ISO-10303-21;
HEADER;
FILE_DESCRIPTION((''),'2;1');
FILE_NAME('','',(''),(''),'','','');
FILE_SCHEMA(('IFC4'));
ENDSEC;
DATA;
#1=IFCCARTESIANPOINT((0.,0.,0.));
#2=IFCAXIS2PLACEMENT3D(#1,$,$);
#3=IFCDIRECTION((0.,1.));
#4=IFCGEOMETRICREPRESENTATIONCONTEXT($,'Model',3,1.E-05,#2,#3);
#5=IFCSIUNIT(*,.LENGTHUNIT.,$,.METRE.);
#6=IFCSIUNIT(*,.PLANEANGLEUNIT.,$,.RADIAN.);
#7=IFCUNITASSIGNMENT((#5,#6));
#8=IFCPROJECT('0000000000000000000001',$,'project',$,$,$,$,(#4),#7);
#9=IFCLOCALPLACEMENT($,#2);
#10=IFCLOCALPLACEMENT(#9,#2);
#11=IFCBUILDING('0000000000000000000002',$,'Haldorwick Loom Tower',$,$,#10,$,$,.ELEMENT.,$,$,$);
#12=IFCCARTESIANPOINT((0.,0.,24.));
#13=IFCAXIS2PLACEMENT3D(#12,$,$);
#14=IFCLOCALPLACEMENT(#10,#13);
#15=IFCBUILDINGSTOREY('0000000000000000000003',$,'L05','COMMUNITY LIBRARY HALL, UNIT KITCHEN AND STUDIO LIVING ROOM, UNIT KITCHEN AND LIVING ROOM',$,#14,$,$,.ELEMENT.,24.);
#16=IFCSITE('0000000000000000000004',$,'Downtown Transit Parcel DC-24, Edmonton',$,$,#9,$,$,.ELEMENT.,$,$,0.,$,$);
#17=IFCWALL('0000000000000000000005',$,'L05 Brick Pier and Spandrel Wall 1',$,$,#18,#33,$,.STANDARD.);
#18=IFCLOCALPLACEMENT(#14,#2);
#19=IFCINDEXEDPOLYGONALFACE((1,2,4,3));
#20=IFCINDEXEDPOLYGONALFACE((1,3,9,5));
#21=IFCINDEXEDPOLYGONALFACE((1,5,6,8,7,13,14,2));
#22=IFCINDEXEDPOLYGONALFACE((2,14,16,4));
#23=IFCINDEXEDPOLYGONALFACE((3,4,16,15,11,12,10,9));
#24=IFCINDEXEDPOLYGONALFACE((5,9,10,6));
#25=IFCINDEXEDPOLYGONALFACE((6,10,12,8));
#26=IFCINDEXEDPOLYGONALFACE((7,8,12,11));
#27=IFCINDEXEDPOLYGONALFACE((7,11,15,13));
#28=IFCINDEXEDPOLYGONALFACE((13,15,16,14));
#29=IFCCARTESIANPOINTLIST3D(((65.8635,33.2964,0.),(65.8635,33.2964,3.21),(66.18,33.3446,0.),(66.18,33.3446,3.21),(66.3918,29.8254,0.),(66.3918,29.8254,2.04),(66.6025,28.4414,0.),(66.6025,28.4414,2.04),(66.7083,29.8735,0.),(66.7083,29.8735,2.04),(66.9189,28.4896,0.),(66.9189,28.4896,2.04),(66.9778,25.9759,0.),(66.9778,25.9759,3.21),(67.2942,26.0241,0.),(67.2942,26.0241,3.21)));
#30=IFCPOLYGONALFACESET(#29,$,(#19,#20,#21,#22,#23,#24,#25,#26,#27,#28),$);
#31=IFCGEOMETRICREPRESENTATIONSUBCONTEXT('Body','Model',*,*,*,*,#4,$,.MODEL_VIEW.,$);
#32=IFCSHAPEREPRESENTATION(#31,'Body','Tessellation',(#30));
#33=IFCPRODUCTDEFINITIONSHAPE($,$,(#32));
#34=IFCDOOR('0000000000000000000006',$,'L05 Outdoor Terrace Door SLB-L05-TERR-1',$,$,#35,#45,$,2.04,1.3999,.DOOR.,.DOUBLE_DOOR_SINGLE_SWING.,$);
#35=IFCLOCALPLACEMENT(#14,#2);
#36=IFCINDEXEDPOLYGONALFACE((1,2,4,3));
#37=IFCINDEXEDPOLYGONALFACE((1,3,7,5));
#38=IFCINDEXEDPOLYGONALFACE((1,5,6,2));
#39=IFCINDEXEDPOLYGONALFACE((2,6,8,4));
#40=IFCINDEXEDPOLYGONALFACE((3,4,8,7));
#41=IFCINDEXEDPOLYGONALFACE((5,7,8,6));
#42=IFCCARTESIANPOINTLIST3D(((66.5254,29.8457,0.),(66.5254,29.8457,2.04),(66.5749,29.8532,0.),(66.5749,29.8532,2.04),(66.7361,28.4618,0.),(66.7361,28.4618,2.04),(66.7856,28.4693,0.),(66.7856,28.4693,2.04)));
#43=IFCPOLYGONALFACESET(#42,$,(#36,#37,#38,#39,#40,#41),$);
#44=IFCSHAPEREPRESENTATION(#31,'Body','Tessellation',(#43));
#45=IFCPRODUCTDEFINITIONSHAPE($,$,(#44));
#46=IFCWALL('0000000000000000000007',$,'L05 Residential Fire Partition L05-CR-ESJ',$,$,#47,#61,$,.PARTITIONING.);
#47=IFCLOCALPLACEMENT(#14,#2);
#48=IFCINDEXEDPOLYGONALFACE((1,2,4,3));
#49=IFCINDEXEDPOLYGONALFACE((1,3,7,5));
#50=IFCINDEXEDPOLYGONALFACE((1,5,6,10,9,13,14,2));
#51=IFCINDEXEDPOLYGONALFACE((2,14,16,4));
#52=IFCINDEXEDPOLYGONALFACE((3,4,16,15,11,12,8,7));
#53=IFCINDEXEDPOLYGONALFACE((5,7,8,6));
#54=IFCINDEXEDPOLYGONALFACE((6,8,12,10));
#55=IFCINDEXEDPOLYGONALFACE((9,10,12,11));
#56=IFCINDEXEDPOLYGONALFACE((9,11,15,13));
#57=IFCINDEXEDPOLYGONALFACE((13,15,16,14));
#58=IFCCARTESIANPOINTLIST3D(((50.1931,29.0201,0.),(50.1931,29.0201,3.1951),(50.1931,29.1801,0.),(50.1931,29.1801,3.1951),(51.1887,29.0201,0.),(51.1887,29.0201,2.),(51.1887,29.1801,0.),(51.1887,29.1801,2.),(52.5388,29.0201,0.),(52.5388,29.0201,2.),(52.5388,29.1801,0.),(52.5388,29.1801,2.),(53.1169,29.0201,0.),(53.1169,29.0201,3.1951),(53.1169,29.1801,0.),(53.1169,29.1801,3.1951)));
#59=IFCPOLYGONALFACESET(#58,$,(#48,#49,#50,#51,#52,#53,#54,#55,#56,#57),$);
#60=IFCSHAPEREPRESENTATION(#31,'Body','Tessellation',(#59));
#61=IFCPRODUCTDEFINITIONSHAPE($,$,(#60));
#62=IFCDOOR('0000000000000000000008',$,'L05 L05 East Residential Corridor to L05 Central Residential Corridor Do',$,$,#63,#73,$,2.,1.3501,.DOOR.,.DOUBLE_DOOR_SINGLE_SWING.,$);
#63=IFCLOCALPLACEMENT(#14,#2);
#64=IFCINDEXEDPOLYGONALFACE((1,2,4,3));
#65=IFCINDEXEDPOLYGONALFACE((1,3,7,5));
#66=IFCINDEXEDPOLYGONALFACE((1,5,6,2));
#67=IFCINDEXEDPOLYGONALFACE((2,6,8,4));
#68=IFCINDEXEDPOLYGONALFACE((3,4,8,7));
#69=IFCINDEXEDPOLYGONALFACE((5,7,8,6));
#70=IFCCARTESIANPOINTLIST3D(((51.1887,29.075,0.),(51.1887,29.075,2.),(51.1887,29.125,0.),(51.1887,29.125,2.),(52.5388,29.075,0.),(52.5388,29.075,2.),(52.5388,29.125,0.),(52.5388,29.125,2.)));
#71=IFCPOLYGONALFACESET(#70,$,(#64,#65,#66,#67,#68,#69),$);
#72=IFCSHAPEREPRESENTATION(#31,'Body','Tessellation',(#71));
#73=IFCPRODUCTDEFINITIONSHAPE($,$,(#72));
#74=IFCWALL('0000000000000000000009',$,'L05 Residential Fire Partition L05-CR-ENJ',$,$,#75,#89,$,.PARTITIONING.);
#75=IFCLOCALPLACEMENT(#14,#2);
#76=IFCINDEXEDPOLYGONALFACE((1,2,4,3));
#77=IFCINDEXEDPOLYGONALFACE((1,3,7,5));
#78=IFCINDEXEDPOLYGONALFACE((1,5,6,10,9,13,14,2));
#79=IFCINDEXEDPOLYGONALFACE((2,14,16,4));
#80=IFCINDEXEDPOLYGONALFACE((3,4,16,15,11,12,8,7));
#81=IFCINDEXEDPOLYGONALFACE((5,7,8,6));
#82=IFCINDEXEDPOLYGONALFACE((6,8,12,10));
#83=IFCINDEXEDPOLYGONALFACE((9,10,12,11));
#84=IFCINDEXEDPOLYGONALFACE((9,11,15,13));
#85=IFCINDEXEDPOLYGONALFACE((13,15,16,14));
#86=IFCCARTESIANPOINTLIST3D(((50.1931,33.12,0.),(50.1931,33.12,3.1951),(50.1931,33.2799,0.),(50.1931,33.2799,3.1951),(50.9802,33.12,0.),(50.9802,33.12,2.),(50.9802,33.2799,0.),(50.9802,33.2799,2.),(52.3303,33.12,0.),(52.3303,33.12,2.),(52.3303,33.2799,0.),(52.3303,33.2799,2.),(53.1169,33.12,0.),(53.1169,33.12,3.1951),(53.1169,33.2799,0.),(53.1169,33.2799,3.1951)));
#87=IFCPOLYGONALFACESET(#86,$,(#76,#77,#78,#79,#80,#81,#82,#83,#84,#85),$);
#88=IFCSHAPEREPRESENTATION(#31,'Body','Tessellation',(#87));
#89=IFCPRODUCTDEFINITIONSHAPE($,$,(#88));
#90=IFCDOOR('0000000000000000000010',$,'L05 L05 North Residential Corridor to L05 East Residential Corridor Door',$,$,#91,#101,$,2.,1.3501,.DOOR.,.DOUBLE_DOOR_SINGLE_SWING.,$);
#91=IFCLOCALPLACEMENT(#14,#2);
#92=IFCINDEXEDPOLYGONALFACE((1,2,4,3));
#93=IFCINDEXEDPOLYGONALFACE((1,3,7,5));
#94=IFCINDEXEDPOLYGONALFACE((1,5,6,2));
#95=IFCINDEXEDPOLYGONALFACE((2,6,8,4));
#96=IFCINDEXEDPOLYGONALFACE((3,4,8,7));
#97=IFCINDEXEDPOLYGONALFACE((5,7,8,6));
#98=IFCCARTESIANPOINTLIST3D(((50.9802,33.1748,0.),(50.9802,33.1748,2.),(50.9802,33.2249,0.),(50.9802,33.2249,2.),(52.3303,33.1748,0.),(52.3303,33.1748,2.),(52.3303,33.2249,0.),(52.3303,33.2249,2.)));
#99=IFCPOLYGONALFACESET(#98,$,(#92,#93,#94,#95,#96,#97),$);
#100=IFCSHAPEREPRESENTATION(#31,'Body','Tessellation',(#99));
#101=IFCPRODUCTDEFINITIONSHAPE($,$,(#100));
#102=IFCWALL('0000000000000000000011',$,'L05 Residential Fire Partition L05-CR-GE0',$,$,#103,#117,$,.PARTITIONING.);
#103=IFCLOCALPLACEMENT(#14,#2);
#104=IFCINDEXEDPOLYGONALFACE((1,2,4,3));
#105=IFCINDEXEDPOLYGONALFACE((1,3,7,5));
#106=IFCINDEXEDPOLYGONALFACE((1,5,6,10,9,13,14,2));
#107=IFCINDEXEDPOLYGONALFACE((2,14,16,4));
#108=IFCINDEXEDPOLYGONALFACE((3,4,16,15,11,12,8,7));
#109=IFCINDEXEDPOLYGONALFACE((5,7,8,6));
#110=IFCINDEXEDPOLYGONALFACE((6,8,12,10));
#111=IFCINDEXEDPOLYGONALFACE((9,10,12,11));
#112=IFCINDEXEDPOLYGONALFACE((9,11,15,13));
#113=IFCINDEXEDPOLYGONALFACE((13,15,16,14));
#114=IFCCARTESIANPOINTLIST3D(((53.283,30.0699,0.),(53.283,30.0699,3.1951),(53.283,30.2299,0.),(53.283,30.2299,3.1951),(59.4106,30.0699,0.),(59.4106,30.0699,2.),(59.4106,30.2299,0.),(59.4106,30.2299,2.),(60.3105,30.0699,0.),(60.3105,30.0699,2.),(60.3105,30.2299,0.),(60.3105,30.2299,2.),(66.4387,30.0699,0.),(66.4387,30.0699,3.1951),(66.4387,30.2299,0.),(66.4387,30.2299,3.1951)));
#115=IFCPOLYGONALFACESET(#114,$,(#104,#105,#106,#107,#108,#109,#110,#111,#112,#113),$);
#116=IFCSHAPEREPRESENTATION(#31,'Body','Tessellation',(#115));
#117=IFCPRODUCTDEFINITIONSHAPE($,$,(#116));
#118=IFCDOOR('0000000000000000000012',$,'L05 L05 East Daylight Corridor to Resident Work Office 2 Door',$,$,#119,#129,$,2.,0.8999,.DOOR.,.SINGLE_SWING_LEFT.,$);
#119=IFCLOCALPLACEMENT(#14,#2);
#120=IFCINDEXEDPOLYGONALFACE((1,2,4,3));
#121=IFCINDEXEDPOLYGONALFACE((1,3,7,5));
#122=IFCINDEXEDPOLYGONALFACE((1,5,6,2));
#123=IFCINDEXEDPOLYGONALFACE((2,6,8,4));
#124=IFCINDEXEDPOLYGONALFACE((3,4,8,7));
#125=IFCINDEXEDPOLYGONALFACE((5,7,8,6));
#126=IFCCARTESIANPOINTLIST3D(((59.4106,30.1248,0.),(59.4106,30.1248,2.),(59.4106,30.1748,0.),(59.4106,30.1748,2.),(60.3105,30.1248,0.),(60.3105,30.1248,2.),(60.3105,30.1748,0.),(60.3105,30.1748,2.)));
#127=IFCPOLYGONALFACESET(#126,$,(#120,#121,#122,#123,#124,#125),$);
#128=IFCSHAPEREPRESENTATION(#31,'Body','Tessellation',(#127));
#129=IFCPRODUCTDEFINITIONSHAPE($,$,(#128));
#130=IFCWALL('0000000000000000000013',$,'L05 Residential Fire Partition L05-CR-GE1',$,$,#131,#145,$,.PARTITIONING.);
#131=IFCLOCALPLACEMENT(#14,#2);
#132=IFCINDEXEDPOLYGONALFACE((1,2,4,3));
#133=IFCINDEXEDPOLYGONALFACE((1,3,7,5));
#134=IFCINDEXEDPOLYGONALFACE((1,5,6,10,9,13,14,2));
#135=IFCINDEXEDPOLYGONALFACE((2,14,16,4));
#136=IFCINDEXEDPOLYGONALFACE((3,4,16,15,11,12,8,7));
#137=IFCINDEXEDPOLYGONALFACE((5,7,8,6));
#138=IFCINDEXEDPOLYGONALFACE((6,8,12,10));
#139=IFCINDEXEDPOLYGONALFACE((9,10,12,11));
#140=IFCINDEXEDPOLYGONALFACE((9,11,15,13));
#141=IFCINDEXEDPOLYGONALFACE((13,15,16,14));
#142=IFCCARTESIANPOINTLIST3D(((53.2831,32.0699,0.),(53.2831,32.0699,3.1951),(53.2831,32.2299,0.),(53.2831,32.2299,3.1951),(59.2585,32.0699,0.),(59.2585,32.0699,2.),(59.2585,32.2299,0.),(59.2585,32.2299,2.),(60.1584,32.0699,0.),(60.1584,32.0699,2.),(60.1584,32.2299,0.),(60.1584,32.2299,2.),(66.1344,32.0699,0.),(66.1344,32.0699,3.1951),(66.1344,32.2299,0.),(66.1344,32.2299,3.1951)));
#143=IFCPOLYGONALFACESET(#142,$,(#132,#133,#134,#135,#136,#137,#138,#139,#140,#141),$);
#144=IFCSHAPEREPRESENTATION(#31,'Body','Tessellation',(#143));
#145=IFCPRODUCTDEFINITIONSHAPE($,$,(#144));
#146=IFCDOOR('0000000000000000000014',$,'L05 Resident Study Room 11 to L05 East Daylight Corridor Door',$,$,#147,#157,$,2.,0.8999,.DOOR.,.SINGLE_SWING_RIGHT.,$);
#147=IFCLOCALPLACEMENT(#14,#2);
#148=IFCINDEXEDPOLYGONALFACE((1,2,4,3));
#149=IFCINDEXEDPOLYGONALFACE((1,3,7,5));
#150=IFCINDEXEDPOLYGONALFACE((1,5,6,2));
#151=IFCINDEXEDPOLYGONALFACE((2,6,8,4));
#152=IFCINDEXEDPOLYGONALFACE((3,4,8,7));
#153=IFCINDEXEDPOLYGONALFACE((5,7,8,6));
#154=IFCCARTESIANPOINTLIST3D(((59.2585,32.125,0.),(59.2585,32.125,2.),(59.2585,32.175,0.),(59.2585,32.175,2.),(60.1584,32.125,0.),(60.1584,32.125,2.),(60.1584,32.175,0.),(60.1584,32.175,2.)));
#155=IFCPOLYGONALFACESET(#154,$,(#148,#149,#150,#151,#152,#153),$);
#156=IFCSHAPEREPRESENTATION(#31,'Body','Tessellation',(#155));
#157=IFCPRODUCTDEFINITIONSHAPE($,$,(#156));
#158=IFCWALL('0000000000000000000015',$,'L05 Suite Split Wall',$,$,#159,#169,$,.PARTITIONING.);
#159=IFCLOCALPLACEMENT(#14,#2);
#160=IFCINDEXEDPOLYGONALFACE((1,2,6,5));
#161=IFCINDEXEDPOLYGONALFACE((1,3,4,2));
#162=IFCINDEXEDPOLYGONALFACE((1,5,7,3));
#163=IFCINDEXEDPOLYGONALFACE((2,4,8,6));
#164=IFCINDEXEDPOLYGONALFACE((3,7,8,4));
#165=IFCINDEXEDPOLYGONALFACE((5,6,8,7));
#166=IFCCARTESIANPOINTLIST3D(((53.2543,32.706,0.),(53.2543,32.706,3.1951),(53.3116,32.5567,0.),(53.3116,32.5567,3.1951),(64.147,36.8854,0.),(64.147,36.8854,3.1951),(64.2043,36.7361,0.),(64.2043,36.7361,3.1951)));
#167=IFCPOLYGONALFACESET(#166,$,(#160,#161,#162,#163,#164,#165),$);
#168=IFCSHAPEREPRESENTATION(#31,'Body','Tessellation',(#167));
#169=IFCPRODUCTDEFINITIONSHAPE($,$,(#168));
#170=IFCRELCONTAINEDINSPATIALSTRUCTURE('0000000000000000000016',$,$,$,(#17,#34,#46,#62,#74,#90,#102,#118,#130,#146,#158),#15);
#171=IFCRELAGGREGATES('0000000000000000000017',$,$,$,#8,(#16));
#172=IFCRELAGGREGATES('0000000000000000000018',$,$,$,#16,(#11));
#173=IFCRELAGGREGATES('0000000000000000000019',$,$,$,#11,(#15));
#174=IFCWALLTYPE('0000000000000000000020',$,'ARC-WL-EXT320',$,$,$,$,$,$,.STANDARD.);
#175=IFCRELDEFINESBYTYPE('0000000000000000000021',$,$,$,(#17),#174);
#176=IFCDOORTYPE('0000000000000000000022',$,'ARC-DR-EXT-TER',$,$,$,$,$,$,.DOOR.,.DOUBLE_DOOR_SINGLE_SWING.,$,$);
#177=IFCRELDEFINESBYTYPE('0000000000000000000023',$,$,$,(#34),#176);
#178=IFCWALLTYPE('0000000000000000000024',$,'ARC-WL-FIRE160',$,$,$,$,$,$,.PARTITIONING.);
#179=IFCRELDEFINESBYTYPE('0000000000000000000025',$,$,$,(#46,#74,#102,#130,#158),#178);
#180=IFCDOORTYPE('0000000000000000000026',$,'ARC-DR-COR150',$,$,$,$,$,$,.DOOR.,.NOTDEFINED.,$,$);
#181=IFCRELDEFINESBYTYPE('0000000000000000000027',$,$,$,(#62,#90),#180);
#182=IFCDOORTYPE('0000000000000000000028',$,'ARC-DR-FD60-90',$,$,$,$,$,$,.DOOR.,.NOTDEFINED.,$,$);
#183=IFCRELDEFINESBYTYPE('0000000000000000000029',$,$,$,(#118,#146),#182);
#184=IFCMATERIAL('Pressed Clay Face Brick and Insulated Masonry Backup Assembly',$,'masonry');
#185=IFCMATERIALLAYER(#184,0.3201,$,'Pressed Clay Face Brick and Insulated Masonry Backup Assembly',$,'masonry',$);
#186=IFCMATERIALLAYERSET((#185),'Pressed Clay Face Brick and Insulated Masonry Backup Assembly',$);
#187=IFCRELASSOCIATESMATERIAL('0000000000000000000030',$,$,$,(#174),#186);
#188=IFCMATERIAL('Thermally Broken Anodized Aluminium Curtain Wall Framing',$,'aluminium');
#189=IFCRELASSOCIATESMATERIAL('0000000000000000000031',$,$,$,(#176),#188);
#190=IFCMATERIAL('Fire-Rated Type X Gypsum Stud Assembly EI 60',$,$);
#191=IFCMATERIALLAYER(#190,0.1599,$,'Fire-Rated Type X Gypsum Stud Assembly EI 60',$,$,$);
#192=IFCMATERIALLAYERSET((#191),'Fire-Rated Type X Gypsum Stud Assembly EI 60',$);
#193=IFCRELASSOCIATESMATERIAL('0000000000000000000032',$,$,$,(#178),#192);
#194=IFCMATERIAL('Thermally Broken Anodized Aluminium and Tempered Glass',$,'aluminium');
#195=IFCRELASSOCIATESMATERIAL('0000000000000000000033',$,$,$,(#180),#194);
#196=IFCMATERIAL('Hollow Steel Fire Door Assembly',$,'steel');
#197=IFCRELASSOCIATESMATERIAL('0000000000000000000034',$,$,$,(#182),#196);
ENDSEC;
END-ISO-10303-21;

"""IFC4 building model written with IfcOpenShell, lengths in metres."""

from ifc_helpers import new_model, si_unit, direction, frame, frame_2d, origin, place, context, subcontext, project, spatial, rectangle, extrude, material, layer, layer_set, type_object, element, fill, save


model = new_model("IFC4")

# Units and contexts
model_context = context("Model", 3, precision=1e-05, world=origin(), true_north=direction((0.0, 1.0)))
body_context = subcontext(model_context, "Body", "Model", "MODEL_VIEW")
ifc_project = project(units=[si_unit("LENGTHUNIT", "METRE"), si_unit("PLANEANGLEUNIT", "RADIAN")], contexts=[model_context])

# Site, building, storey
site_placement = place(None, origin())
site = spatial("IfcSite", under=ifc_project, at=site_placement, Name="Downtown Transit Parcel DC-24, Edmonton", CompositionType="ELEMENT", RefElevation=0.0)
building_placement = place(site_placement, origin())
building = spatial("IfcBuilding", under=site, at=building_placement, Name="Haldorwick Loom Tower", CompositionType="ELEMENT")
storey_placement = place(building_placement, frame((0.0, 0.0, 24.0)))
storey = spatial("IfcBuildingStorey", under=building, at=storey_placement, Name="L05", Description="COMMUNITY LIBRARY HALL, UNIT KITCHEN AND STUDIO LIVING ROOM, UNIT KITCHEN AND LIVING ROOM", CompositionType="ELEMENT", Elevation=24.0)

# Walls, openings, doors
ifc_material_1 = material(Name="Pressed Clay Face Brick and Insulated Masonry Backup Assembly", Category="masonry")
ifc_layer_1 = layer(ifc_material_1, 0.3201, Name="Pressed Clay Face Brick and Insulated Masonry Backup Assembly", Category="masonry")
ifc_layer_set_1 = layer_set([ifc_layer_1], Name="Pressed Clay Face Brick and Insulated Masonry Backup Assembly")
wall_type_1 = type_object("IfcWallType", Name="ARC-WL-EXT320", PredefinedType="STANDARD", material=ifc_layer_set_1)
wall_1_placement = place(storey_placement, frame((67.136, 26.0, 0.0), z_axis=(0.0, 0.0, 1.0), x_axis=(-0.150476, 0.988614, 0.0)))
wall_1 = element("IfcWall", 1, at=wall_1_placement, inside=storey, type_object=wall_type_1, Name="L05 Brick Pier and Spandrel Wall 1", PredefinedType="STANDARD", context=body_context, shape_type="SweptSolid", body=[
    extrude(rectangle(XDim=7.4048, YDim=0.3201, at=frame_2d((3.7024, 0.0))), origin(), (0.0, 0.0, 1.0), 3.21),
])
opening_1_placement = place(wall_1_placement, frame((2.4939, 0.0, 0.0)))
opening_1 = element("IfcOpeningElement", 2, at=opening_1_placement, cuts=wall_1, PredefinedType="OPENING", context=body_context, shape_type="SweptSolid", body=[
    extrude(rectangle(XDim=1.3999, YDim=2.04, at=frame_2d((0.7, 1.02))), frame((0.0, 0.1699, 0.0), z_axis=(0.0, -1.0, 0.0), x_axis=(1.0, 0.0, 0.0)), (0.0, 0.0, 1.0), 0.3401),
])
ifc_material_2 = material(Name="Thermally Broken Anodized Aluminium Curtain Wall Framing", Category="aluminium")
door_type_1 = type_object("IfcDoorType", Name="ARC-DR-EXT-TER", OperationType="DOUBLE_DOOR_SINGLE_SWING", PredefinedType="DOOR", material=ifc_material_2)
door_1_placement = place(opening_1_placement, origin())
door_1 = element("IfcDoor", 3, at=door_1_placement, inside=storey, type_object=door_type_1, Name="L05 Outdoor Terrace Door SLB-L05-TERR-1", OperationType="DOUBLE_DOOR_SINGLE_SWING", OverallHeight=2.04, OverallWidth=1.3999, PredefinedType="DOOR", context=body_context, shape_type="SweptSolid", body=[
    extrude(rectangle(XDim=1.3999, YDim=2.04, at=frame_2d((0.7, 1.02))), frame((0.0, 0.0249, 0.0), z_axis=(0.0, -1.0, 0.0), x_axis=(1.0, 0.0, 0.0)), (0.0, 0.0, 1.0), 0.05),
])
fill(opening_1, door_1)
ifc_material_3 = material(Name="Fire-Rated Type X Gypsum Stud Assembly EI 60")
ifc_layer_2 = layer(ifc_material_3, 0.1599, Name="Fire-Rated Type X Gypsum Stud Assembly EI 60")
ifc_layer_set_2 = layer_set([ifc_layer_2], Name="Fire-Rated Type X Gypsum Stud Assembly EI 60")
wall_type_2 = type_object("IfcWallType", Name="ARC-WL-FIRE160", PredefinedType="PARTITIONING", material=ifc_layer_set_2)
wall_2_placement = place(storey_placement, frame((50.1931, 29.1001, 0.0), z_axis=(0.0, 0.0, 1.0), x_axis=(1.0, 0.0, 0.0)))
wall_2 = element("IfcWall", 4, at=wall_2_placement, inside=storey, type_object=wall_type_2, Name="L05 Residential Fire Partition L05-CR-ESJ", PredefinedType="PARTITIONING", context=body_context, shape_type="SweptSolid", body=[
    extrude(rectangle(XDim=2.9238, YDim=0.1599, at=frame_2d((1.4619, 0.0))), origin(), (0.0, 0.0, 1.0), 3.1951),
])
opening_2_placement = place(wall_2_placement, frame((0.9956, 0.0, 0.0)))
opening_2 = element("IfcOpeningElement", 5, at=opening_2_placement, cuts=wall_2, PredefinedType="OPENING", context=body_context, shape_type="SweptSolid", body=[
    extrude(rectangle(XDim=1.3501, YDim=2.0, at=frame_2d((0.675, 1.0))), frame((0.0, 0.0898, 0.0), z_axis=(0.0, -1.0, 0.0), x_axis=(1.0, 0.0, 0.0)), (0.0, 0.0, 1.0), 0.1799),
])
ifc_material_4 = material(Name="Thermally Broken Anodized Aluminium and Tempered Glass", Category="aluminium")
door_type_2 = type_object("IfcDoorType", Name="ARC-DR-COR150", OperationType="NOTDEFINED", PredefinedType="DOOR", material=ifc_material_4)
door_2_placement = place(opening_2_placement, origin())
door_2 = element("IfcDoor", 6, at=door_2_placement, inside=storey, type_object=door_type_2, Name="L05 L05 East Residential Corridor to L05 Central Residential Corridor Do", OperationType="DOUBLE_DOOR_SINGLE_SWING", OverallHeight=2.0, OverallWidth=1.3501, PredefinedType="DOOR", context=body_context, shape_type="SweptSolid", body=[
    extrude(rectangle(XDim=1.3501, YDim=2.0, at=frame_2d((0.675, 1.0))), frame((0.0, 0.0249, 0.0), z_axis=(0.0, -1.0, 0.0), x_axis=(1.0, 0.0, 0.0)), (0.0, 0.0, 1.0), 0.05),
])
fill(opening_2, door_2)
wall_3_placement = place(storey_placement, frame((50.1931, 33.2, 0.0), z_axis=(0.0, 0.0, 1.0), x_axis=(1.0, 0.0, 0.0)))
wall_3 = element("IfcWall", 7, at=wall_3_placement, inside=storey, type_object=wall_type_2, Name="L05 Residential Fire Partition L05-CR-ENJ", PredefinedType="PARTITIONING", context=body_context, shape_type="SweptSolid", body=[
    extrude(rectangle(XDim=2.9238, YDim=0.1599, at=frame_2d((1.4619, 0.0))), origin(), (0.0, 0.0, 1.0), 3.1951),
])
opening_3_placement = place(wall_3_placement, frame((0.7871, 0.0, 0.0)))
opening_3 = element("IfcOpeningElement", 8, at=opening_3_placement, cuts=wall_3, PredefinedType="OPENING", context=body_context, shape_type="SweptSolid", body=[
    extrude(rectangle(XDim=1.3501, YDim=2.0, at=frame_2d((0.675, 1.0))), frame((0.0, 0.0898, 0.0), z_axis=(0.0, -1.0, 0.0), x_axis=(1.0, 0.0, 0.0)), (0.0, 0.0, 1.0), 0.1799),
])
door_3_placement = place(opening_3_placement, origin())
door_3 = element("IfcDoor", 9, at=door_3_placement, inside=storey, type_object=door_type_2, Name="L05 L05 North Residential Corridor to L05 East Residential Corridor Door", OperationType="DOUBLE_DOOR_SINGLE_SWING", OverallHeight=2.0, OverallWidth=1.3501, PredefinedType="DOOR", context=body_context, shape_type="SweptSolid", body=[
    extrude(rectangle(XDim=1.3501, YDim=2.0, at=frame_2d((0.675, 1.0))), frame((0.0, 0.0249, 0.0), z_axis=(0.0, -1.0, 0.0), x_axis=(1.0, 0.0, 0.0)), (0.0, 0.0, 1.0), 0.05),
])
fill(opening_3, door_3)
wall_4_placement = place(storey_placement, frame((53.283, 30.1499, 0.0), z_axis=(0.0, 0.0, 1.0), x_axis=(1.0, 0.0, 0.0)))
wall_4 = element("IfcWall", 10, at=wall_4_placement, inside=storey, type_object=wall_type_2, Name="L05 Residential Fire Partition L05-CR-GE0", PredefinedType="PARTITIONING", context=body_context, shape_type="SweptSolid", body=[
    extrude(rectangle(XDim=13.1558, YDim=0.1599, at=frame_2d((6.5779, 0.0))), origin(), (0.0, 0.0, 1.0), 3.1951),
])
opening_4_placement = place(wall_4_placement, frame((6.1277, 0.0, 0.0)))
opening_4 = element("IfcOpeningElement", 11, at=opening_4_placement, cuts=wall_4, PredefinedType="OPENING", context=body_context, shape_type="SweptSolid", body=[
    extrude(rectangle(XDim=0.8999, YDim=2.0, at=frame_2d((0.45, 1.0))), frame((0.0, 0.0898, 0.0), z_axis=(0.0, -1.0, 0.0), x_axis=(1.0, 0.0, 0.0)), (0.0, 0.0, 1.0), 0.1799),
])
ifc_material_5 = material(Name="Hollow Steel Fire Door Assembly", Category="steel")
door_type_3 = type_object("IfcDoorType", Name="ARC-DR-FD60-90", OperationType="NOTDEFINED", PredefinedType="DOOR", material=ifc_material_5)
door_4_placement = place(opening_4_placement, origin())
door_4 = element("IfcDoor", 12, at=door_4_placement, inside=storey, type_object=door_type_3, Name="L05 L05 East Daylight Corridor to Resident Work Office 2 Door", OperationType="SINGLE_SWING_LEFT", OverallHeight=2.0, OverallWidth=0.8999, PredefinedType="DOOR", context=body_context, shape_type="SweptSolid", body=[
    extrude(rectangle(XDim=0.8999, YDim=2.0, at=frame_2d((0.45, 1.0))), frame((0.0, 0.0249, 0.0), z_axis=(0.0, -1.0, 0.0), x_axis=(1.0, 0.0, 0.0)), (0.0, 0.0, 1.0), 0.05),
])
fill(opening_4, door_4)
wall_5_placement = place(storey_placement, frame((53.283, 32.1499, 0.0), z_axis=(0.0, 0.0, 1.0), x_axis=(1.0, 0.0, 0.0)))
wall_5 = element("IfcWall", 13, at=wall_5_placement, inside=storey, type_object=wall_type_2, Name="L05 Residential Fire Partition L05-CR-GE1", PredefinedType="PARTITIONING", context=body_context, shape_type="SweptSolid", body=[
    extrude(rectangle(XDim=12.8513, YDim=0.1599, at=frame_2d((6.4258, 0.0))), origin(), (0.0, 0.0, 1.0), 3.1951),
])
opening_5_placement = place(wall_5_placement, frame((5.9756, 0.0, 0.0)))
opening_5 = element("IfcOpeningElement", 14, at=opening_5_placement, cuts=wall_5, PredefinedType="OPENING", context=body_context, shape_type="SweptSolid", body=[
    extrude(rectangle(XDim=0.8999, YDim=2.0, at=frame_2d((0.45, 1.0))), frame((0.0, 0.0898, 0.0), z_axis=(0.0, -1.0, 0.0), x_axis=(1.0, 0.0, 0.0)), (0.0, 0.0, 1.0), 0.1799),
])
door_5_placement = place(opening_5_placement, frame((0.8999, 0.0, 0.0), z_axis=(0.0, 0.0, 1.0), x_axis=(-1.0, 0.0, 0.0)))
door_5 = element("IfcDoor", 15, at=door_5_placement, inside=storey, type_object=door_type_3, Name="L05 Resident Study Room 11 to L05 East Daylight Corridor Door", OperationType="SINGLE_SWING_RIGHT", OverallHeight=2.0, OverallWidth=0.8999, PredefinedType="DOOR", context=body_context, shape_type="SweptSolid", body=[
    extrude(rectangle(XDim=0.8999, YDim=2.0, at=frame_2d((0.45, 1.0))), frame((0.0, 0.0249, 0.0), z_axis=(0.0, -1.0, 0.0), x_axis=(1.0, 0.0, 0.0)), (0.0, 0.0, 1.0), 0.05),
])
fill(opening_5, door_5)

# Wall
wall_6_placement = place(storey_placement, frame((53.283, 32.6313, 0.0), z_axis=(0.0, 0.0, 1.0), x_axis=(0.933635, 0.358225, 0.0)))
element("IfcWall", 16, at=wall_6_placement, inside=storey, type_object=wall_type_2, Name="L05 Suite Split Wall", PredefinedType="PARTITIONING", context=body_context, shape_type="SweptSolid", body=[
    extrude(rectangle(XDim=11.667, YDim=0.1599, at=frame_2d((5.8335, 0.0))), origin(), (0.0, 0.0, 1.0), 3.1951),
])

save(model, "model.ifc")
